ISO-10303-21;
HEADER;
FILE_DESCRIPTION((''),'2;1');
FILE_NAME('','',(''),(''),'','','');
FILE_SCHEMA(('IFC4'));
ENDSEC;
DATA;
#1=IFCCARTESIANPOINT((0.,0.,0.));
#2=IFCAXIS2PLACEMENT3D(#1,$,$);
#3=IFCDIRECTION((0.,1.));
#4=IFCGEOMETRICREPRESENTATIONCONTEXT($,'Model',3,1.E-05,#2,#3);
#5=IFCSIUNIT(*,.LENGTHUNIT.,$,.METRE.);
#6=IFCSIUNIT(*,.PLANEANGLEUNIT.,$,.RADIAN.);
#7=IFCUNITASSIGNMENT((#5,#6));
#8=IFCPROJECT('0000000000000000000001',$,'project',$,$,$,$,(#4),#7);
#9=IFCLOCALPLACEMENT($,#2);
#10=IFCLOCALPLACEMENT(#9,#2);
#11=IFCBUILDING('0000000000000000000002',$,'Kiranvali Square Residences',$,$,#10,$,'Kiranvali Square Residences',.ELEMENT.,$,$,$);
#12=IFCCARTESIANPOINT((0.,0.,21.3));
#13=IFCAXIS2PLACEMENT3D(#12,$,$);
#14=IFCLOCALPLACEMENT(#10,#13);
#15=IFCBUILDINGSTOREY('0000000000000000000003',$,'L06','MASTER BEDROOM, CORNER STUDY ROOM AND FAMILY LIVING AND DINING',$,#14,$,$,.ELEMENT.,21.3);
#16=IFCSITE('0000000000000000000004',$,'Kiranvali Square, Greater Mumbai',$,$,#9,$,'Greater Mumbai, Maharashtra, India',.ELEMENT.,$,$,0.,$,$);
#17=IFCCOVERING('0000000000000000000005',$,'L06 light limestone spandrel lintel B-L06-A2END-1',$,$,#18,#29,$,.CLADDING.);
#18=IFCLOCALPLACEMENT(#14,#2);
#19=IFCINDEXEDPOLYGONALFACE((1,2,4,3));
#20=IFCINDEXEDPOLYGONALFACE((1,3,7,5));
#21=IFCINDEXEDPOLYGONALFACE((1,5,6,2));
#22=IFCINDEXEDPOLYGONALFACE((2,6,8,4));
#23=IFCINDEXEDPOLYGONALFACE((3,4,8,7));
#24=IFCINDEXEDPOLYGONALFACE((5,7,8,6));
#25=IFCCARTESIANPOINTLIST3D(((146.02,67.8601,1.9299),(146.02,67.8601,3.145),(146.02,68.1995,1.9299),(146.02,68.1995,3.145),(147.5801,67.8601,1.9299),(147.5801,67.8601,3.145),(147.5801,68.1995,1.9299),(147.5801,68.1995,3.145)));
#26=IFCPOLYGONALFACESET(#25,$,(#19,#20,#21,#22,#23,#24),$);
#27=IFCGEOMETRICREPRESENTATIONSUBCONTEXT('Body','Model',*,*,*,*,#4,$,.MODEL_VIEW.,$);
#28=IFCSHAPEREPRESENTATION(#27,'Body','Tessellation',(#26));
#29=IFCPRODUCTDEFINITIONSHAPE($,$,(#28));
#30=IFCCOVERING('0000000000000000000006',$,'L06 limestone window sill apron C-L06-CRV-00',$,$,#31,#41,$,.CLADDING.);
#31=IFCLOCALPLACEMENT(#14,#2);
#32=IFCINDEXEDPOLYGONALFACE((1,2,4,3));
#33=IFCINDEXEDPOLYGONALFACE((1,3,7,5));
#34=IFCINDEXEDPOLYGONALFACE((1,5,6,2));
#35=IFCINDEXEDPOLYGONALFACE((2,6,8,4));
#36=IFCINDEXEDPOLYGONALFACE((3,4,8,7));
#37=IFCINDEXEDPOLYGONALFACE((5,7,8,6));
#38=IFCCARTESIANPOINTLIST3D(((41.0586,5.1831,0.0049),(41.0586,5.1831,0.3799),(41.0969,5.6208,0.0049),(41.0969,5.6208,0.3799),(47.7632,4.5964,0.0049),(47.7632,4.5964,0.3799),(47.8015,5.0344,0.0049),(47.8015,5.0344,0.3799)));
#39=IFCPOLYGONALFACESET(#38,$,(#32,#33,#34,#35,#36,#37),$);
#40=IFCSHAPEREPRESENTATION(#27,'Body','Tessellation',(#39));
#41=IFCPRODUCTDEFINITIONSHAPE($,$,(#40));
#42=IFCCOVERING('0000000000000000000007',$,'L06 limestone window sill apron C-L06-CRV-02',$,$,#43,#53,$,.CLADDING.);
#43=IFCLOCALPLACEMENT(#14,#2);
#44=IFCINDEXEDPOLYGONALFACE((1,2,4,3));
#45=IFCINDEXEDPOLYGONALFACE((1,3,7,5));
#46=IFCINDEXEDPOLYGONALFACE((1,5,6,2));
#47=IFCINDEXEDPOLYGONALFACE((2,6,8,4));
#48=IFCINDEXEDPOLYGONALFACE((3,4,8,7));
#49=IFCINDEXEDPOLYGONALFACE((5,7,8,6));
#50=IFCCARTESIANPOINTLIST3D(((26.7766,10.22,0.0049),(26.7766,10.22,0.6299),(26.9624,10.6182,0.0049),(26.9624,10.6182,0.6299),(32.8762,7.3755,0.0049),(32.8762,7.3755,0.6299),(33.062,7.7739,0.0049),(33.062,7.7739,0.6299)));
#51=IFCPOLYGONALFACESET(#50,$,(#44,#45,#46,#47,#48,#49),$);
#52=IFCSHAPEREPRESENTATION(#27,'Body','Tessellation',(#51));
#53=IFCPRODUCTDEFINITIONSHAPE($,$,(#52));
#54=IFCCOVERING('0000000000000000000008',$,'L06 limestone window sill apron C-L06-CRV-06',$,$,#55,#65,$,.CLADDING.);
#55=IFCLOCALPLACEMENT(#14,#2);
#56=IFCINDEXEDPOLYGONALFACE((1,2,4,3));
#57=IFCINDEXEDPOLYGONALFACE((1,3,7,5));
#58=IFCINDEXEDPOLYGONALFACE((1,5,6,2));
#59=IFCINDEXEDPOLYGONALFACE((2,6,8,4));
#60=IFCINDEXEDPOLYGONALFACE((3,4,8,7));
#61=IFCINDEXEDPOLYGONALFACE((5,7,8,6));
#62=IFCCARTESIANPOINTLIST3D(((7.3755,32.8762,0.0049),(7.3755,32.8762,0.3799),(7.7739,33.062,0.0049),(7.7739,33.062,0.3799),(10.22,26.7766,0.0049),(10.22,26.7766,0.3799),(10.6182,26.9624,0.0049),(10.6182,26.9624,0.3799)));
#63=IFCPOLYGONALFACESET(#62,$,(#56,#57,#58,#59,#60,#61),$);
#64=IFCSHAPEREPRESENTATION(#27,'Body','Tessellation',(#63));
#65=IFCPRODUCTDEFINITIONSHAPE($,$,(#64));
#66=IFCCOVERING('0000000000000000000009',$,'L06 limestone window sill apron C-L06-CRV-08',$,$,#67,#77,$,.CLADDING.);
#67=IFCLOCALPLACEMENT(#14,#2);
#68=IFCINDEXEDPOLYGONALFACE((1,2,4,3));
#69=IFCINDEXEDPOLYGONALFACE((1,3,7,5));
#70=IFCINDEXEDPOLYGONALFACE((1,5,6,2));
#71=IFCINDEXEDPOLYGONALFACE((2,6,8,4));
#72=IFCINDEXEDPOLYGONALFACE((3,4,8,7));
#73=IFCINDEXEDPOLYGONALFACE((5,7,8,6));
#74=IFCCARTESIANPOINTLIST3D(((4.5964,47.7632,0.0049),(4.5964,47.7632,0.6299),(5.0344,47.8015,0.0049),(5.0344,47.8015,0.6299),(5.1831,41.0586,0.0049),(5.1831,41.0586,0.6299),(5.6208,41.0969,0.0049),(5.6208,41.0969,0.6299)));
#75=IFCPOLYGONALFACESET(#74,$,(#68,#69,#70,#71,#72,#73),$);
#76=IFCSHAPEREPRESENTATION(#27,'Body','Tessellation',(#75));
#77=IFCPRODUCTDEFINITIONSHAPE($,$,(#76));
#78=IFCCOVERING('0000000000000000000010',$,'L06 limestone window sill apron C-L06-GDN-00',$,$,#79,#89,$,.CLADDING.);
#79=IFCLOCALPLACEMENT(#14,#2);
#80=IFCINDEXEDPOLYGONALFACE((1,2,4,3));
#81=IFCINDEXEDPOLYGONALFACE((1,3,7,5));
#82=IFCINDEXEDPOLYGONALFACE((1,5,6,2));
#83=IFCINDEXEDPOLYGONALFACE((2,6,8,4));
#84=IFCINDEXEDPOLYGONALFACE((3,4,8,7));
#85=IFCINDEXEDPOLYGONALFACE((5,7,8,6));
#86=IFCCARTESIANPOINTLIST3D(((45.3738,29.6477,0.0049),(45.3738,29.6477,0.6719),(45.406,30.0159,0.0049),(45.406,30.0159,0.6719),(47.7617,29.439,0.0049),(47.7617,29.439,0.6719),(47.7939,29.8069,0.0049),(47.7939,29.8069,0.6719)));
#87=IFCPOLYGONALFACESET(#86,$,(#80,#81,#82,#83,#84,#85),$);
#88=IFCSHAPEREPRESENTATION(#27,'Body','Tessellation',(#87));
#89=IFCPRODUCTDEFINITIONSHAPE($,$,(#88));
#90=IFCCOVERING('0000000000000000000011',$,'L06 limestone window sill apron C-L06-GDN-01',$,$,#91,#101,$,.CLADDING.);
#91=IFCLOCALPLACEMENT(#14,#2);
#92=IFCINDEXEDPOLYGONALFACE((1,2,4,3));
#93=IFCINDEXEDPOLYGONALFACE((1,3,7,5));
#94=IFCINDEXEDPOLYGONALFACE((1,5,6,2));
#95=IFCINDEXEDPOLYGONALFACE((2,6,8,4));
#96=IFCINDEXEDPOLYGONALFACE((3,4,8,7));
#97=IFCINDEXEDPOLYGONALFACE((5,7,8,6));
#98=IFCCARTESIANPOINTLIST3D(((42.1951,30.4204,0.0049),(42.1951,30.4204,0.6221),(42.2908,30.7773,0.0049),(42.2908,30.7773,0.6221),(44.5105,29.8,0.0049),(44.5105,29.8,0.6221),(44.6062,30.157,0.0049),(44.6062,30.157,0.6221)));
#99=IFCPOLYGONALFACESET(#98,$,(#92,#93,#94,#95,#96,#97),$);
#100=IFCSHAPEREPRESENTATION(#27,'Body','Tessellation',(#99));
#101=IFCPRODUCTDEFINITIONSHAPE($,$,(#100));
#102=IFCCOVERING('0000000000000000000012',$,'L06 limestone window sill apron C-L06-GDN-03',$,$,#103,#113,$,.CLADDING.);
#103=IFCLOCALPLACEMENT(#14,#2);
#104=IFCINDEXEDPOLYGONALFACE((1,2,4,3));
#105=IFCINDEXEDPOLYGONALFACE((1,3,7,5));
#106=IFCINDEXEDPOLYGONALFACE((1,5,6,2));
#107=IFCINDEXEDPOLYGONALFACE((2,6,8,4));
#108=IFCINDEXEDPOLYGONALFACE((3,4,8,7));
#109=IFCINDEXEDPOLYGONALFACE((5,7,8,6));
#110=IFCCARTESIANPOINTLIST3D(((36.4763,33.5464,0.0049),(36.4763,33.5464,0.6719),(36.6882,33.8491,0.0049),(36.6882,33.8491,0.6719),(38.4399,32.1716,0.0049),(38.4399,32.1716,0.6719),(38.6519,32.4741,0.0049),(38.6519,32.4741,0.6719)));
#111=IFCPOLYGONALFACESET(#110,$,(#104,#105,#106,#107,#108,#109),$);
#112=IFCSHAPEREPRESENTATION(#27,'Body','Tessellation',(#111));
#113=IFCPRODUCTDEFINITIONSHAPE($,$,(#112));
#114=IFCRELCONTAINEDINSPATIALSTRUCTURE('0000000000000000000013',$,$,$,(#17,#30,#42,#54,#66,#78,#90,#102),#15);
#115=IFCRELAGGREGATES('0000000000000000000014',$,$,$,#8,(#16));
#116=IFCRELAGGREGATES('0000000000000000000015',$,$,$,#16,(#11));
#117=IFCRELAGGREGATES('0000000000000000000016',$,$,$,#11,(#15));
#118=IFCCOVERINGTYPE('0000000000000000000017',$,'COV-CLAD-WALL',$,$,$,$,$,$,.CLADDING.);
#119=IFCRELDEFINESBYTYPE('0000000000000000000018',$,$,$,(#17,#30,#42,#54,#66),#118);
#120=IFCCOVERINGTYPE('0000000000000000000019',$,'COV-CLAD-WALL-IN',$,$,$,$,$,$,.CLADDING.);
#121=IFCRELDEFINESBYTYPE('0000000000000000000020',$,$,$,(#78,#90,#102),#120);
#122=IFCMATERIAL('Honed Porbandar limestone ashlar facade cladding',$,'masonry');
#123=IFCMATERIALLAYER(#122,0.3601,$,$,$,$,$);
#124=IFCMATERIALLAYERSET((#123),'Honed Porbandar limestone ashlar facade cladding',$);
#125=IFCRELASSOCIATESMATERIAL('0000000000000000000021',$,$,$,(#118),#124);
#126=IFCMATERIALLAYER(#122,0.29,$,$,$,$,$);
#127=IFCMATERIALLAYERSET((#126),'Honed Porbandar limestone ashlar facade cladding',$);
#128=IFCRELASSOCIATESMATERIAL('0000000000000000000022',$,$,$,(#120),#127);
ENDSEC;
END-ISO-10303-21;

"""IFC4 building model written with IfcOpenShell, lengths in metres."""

from ifc_helpers import new_model, si_unit, direction, frame, origin, place, context, subcontext, project, spatial, polyline, outline, extrude, material, layer, layer_set, type_object, element, save


model = new_model("IFC4")

# Units and contexts
model_context = context("Model", 3, precision=1e-05, world=origin(), true_north=direction((0.0, 1.0)))
body_context = subcontext(model_context, "Body", "Model", "MODEL_VIEW")
ifc_project = project(units=[si_unit("LENGTHUNIT", "METRE"), si_unit("PLANEANGLEUNIT", "RADIAN")], contexts=[model_context])

# Site, building, storey
site_placement = place(None, origin())
site = spatial("IfcSite", under=ifc_project, at=site_placement, Name="Kiranvali Square, Greater Mumbai", LongName="Greater Mumbai, Maharashtra, India", CompositionType="ELEMENT", RefElevation=0.0)
building_placement = place(site_placement, origin())
building = spatial("IfcBuilding", under=site, at=building_placement, Name="Kiranvali Square Residences", LongName="Kiranvali Square Residences", CompositionType="ELEMENT")
storey_placement = place(building_placement, frame((0.0, 0.0, 21.3)))
storey = spatial("IfcBuildingStorey", under=building, at=storey_placement, Name="L06", Description="MASTER BEDROOM, CORNER STUDY ROOM AND FAMILY LIVING AND DINING", CompositionType="ELEMENT", Elevation=21.3)

# Coverings
ifc_material = material(Name="Honed Porbandar limestone ashlar facade cladding", Category="masonry")
ifc_layer_1 = layer(ifc_material, 0.3601)
ifc_layer_set_1 = layer_set([ifc_layer_1], Name="Honed Porbandar limestone ashlar facade cladding")
covering_type_1 = type_object("IfcCoveringType", Name="COV-CLAD-WALL", PredefinedType="CLADDING", material=ifc_layer_set_1)
covering_1_placement = place(storey_placement, frame((0.0, 0.0, 1.9299)))
element("IfcCovering", 1, at=covering_1_placement, inside=storey, type_object=covering_type_1, Name="L06 light limestone spandrel lintel B-L06-A2END-1", PredefinedType="CLADDING", context=body_context, shape_type="SweptSolid", body=[
    extrude(outline(polyline([(146.02, 67.8601), (147.5801, 67.8601), (147.5801, 68.1995), (146.02, 68.1995), (146.02, 67.8601)])), origin(), (0.0, 0.0, 1.0), 1.2151),
])
covering_2_placement = place(storey_placement, frame((0.0, 0.0, 0.0049)))
element("IfcCovering", 2, at=covering_2_placement, inside=storey, type_object=covering_type_1, Name="L06 limestone window sill apron C-L06-CRV-00", PredefinedType="CLADDING", context=body_context, shape_type="SweptSolid", body=[
    extrude(outline(polyline([(47.8015, 5.0344), (41.0969, 5.6208), (41.0586, 5.1831), (47.7632, 4.5964), (47.8015, 5.0344)])), origin(), (0.0, 0.0, 1.0), 0.375),
])
covering_3_placement = place(storey_placement, frame((0.0, 0.0, 0.0049)))
element("IfcCovering", 3, at=covering_3_placement, inside=storey, type_object=covering_type_1, Name="L06 limestone window sill apron C-L06-CRV-02", PredefinedType="CLADDING", context=body_context, shape_type="SweptSolid", body=[
    extrude(outline(polyline([(33.062, 7.7739), (26.9624, 10.6182), (26.7766, 10.22), (32.8762, 7.3755), (33.062, 7.7739)])), origin(), (0.0, 0.0, 1.0), 0.625),
])
covering_4_placement = place(storey_placement, frame((0.0, 0.0, 0.0049)))
element("IfcCovering", 4, at=covering_4_placement, inside=storey, type_object=covering_type_1, Name="L06 limestone window sill apron C-L06-CRV-06", PredefinedType="CLADDING", context=body_context, shape_type="SweptSolid", body=[
    extrude(outline(polyline([(10.6182, 26.9624), (7.7739, 33.062), (7.3755, 32.8762), (10.22, 26.7766), (10.6182, 26.9624)])), origin(), (0.0, 0.0, 1.0), 0.375),
])
covering_5_placement = place(storey_placement, frame((0.0, 0.0, 0.0049)))
element("IfcCovering", 5, at=covering_5_placement, inside=storey, type_object=covering_type_1, Name="L06 limestone window sill apron C-L06-CRV-08", PredefinedType="CLADDING", context=body_context, shape_type="SweptSolid", body=[
    extrude(outline(polyline([(5.6208, 41.0969), (5.0344, 47.8015), (4.5964, 47.7632), (5.1831, 41.0586), (5.6208, 41.0969)])), origin(), (0.0, 0.0, 1.0), 0.625),
])
ifc_layer_2 = layer(ifc_material, 0.29)
ifc_layer_set_2 = layer_set([ifc_layer_2], Name="Honed Porbandar limestone ashlar facade cladding")
covering_type_2 = type_object("IfcCoveringType", Name="COV-CLAD-WALL-IN", PredefinedType="CLADDING", material=ifc_layer_set_2)
covering_6_placement = place(storey_placement, frame((0.0, 0.0, 0.0049)))
element("IfcCovering", 6, at=covering_6_placement, inside=storey, type_object=covering_type_2, Name="L06 limestone window sill apron C-L06-GDN-00", PredefinedType="CLADDING", context=body_context, shape_type="SweptSolid", body=[
    extrude(outline(polyline([(47.7939, 29.8069), (45.406, 30.0159), (45.3738, 29.6477), (47.7617, 29.439), (47.7939, 29.8069)])), origin(), (0.0, 0.0, 1.0), 0.667),
])
covering_7_placement = place(storey_placement, frame((0.0, 0.0, 0.0049)))
element("IfcCovering", 7, at=covering_7_placement, inside=storey, type_object=covering_type_2, Name="L06 limestone window sill apron C-L06-GDN-01", PredefinedType="CLADDING", context=body_context, shape_type="SweptSolid", body=[
    extrude(outline(polyline([(44.6062, 30.157), (42.2908, 30.7773), (42.1951, 30.4204), (44.5105, 29.8), (44.6062, 30.157)])), origin(), (0.0, 0.0, 1.0), 0.6172),
])
covering_8_placement = place(storey_placement, frame((0.0, 0.0, 0.0049)))
element("IfcCovering", 8, at=covering_8_placement, inside=storey, type_object=covering_type_2, Name="L06 limestone window sill apron C-L06-GDN-03", PredefinedType="CLADDING", context=body_context, shape_type="SweptSolid", body=[
    extrude(outline(polyline([(38.6519, 32.4741), (36.6882, 33.8491), (36.4763, 33.5464), (38.4399, 32.1716), (38.6519, 32.4741)])), origin(), (0.0, 0.0, 1.0), 0.667),
])

save(model, "model.ifc")
